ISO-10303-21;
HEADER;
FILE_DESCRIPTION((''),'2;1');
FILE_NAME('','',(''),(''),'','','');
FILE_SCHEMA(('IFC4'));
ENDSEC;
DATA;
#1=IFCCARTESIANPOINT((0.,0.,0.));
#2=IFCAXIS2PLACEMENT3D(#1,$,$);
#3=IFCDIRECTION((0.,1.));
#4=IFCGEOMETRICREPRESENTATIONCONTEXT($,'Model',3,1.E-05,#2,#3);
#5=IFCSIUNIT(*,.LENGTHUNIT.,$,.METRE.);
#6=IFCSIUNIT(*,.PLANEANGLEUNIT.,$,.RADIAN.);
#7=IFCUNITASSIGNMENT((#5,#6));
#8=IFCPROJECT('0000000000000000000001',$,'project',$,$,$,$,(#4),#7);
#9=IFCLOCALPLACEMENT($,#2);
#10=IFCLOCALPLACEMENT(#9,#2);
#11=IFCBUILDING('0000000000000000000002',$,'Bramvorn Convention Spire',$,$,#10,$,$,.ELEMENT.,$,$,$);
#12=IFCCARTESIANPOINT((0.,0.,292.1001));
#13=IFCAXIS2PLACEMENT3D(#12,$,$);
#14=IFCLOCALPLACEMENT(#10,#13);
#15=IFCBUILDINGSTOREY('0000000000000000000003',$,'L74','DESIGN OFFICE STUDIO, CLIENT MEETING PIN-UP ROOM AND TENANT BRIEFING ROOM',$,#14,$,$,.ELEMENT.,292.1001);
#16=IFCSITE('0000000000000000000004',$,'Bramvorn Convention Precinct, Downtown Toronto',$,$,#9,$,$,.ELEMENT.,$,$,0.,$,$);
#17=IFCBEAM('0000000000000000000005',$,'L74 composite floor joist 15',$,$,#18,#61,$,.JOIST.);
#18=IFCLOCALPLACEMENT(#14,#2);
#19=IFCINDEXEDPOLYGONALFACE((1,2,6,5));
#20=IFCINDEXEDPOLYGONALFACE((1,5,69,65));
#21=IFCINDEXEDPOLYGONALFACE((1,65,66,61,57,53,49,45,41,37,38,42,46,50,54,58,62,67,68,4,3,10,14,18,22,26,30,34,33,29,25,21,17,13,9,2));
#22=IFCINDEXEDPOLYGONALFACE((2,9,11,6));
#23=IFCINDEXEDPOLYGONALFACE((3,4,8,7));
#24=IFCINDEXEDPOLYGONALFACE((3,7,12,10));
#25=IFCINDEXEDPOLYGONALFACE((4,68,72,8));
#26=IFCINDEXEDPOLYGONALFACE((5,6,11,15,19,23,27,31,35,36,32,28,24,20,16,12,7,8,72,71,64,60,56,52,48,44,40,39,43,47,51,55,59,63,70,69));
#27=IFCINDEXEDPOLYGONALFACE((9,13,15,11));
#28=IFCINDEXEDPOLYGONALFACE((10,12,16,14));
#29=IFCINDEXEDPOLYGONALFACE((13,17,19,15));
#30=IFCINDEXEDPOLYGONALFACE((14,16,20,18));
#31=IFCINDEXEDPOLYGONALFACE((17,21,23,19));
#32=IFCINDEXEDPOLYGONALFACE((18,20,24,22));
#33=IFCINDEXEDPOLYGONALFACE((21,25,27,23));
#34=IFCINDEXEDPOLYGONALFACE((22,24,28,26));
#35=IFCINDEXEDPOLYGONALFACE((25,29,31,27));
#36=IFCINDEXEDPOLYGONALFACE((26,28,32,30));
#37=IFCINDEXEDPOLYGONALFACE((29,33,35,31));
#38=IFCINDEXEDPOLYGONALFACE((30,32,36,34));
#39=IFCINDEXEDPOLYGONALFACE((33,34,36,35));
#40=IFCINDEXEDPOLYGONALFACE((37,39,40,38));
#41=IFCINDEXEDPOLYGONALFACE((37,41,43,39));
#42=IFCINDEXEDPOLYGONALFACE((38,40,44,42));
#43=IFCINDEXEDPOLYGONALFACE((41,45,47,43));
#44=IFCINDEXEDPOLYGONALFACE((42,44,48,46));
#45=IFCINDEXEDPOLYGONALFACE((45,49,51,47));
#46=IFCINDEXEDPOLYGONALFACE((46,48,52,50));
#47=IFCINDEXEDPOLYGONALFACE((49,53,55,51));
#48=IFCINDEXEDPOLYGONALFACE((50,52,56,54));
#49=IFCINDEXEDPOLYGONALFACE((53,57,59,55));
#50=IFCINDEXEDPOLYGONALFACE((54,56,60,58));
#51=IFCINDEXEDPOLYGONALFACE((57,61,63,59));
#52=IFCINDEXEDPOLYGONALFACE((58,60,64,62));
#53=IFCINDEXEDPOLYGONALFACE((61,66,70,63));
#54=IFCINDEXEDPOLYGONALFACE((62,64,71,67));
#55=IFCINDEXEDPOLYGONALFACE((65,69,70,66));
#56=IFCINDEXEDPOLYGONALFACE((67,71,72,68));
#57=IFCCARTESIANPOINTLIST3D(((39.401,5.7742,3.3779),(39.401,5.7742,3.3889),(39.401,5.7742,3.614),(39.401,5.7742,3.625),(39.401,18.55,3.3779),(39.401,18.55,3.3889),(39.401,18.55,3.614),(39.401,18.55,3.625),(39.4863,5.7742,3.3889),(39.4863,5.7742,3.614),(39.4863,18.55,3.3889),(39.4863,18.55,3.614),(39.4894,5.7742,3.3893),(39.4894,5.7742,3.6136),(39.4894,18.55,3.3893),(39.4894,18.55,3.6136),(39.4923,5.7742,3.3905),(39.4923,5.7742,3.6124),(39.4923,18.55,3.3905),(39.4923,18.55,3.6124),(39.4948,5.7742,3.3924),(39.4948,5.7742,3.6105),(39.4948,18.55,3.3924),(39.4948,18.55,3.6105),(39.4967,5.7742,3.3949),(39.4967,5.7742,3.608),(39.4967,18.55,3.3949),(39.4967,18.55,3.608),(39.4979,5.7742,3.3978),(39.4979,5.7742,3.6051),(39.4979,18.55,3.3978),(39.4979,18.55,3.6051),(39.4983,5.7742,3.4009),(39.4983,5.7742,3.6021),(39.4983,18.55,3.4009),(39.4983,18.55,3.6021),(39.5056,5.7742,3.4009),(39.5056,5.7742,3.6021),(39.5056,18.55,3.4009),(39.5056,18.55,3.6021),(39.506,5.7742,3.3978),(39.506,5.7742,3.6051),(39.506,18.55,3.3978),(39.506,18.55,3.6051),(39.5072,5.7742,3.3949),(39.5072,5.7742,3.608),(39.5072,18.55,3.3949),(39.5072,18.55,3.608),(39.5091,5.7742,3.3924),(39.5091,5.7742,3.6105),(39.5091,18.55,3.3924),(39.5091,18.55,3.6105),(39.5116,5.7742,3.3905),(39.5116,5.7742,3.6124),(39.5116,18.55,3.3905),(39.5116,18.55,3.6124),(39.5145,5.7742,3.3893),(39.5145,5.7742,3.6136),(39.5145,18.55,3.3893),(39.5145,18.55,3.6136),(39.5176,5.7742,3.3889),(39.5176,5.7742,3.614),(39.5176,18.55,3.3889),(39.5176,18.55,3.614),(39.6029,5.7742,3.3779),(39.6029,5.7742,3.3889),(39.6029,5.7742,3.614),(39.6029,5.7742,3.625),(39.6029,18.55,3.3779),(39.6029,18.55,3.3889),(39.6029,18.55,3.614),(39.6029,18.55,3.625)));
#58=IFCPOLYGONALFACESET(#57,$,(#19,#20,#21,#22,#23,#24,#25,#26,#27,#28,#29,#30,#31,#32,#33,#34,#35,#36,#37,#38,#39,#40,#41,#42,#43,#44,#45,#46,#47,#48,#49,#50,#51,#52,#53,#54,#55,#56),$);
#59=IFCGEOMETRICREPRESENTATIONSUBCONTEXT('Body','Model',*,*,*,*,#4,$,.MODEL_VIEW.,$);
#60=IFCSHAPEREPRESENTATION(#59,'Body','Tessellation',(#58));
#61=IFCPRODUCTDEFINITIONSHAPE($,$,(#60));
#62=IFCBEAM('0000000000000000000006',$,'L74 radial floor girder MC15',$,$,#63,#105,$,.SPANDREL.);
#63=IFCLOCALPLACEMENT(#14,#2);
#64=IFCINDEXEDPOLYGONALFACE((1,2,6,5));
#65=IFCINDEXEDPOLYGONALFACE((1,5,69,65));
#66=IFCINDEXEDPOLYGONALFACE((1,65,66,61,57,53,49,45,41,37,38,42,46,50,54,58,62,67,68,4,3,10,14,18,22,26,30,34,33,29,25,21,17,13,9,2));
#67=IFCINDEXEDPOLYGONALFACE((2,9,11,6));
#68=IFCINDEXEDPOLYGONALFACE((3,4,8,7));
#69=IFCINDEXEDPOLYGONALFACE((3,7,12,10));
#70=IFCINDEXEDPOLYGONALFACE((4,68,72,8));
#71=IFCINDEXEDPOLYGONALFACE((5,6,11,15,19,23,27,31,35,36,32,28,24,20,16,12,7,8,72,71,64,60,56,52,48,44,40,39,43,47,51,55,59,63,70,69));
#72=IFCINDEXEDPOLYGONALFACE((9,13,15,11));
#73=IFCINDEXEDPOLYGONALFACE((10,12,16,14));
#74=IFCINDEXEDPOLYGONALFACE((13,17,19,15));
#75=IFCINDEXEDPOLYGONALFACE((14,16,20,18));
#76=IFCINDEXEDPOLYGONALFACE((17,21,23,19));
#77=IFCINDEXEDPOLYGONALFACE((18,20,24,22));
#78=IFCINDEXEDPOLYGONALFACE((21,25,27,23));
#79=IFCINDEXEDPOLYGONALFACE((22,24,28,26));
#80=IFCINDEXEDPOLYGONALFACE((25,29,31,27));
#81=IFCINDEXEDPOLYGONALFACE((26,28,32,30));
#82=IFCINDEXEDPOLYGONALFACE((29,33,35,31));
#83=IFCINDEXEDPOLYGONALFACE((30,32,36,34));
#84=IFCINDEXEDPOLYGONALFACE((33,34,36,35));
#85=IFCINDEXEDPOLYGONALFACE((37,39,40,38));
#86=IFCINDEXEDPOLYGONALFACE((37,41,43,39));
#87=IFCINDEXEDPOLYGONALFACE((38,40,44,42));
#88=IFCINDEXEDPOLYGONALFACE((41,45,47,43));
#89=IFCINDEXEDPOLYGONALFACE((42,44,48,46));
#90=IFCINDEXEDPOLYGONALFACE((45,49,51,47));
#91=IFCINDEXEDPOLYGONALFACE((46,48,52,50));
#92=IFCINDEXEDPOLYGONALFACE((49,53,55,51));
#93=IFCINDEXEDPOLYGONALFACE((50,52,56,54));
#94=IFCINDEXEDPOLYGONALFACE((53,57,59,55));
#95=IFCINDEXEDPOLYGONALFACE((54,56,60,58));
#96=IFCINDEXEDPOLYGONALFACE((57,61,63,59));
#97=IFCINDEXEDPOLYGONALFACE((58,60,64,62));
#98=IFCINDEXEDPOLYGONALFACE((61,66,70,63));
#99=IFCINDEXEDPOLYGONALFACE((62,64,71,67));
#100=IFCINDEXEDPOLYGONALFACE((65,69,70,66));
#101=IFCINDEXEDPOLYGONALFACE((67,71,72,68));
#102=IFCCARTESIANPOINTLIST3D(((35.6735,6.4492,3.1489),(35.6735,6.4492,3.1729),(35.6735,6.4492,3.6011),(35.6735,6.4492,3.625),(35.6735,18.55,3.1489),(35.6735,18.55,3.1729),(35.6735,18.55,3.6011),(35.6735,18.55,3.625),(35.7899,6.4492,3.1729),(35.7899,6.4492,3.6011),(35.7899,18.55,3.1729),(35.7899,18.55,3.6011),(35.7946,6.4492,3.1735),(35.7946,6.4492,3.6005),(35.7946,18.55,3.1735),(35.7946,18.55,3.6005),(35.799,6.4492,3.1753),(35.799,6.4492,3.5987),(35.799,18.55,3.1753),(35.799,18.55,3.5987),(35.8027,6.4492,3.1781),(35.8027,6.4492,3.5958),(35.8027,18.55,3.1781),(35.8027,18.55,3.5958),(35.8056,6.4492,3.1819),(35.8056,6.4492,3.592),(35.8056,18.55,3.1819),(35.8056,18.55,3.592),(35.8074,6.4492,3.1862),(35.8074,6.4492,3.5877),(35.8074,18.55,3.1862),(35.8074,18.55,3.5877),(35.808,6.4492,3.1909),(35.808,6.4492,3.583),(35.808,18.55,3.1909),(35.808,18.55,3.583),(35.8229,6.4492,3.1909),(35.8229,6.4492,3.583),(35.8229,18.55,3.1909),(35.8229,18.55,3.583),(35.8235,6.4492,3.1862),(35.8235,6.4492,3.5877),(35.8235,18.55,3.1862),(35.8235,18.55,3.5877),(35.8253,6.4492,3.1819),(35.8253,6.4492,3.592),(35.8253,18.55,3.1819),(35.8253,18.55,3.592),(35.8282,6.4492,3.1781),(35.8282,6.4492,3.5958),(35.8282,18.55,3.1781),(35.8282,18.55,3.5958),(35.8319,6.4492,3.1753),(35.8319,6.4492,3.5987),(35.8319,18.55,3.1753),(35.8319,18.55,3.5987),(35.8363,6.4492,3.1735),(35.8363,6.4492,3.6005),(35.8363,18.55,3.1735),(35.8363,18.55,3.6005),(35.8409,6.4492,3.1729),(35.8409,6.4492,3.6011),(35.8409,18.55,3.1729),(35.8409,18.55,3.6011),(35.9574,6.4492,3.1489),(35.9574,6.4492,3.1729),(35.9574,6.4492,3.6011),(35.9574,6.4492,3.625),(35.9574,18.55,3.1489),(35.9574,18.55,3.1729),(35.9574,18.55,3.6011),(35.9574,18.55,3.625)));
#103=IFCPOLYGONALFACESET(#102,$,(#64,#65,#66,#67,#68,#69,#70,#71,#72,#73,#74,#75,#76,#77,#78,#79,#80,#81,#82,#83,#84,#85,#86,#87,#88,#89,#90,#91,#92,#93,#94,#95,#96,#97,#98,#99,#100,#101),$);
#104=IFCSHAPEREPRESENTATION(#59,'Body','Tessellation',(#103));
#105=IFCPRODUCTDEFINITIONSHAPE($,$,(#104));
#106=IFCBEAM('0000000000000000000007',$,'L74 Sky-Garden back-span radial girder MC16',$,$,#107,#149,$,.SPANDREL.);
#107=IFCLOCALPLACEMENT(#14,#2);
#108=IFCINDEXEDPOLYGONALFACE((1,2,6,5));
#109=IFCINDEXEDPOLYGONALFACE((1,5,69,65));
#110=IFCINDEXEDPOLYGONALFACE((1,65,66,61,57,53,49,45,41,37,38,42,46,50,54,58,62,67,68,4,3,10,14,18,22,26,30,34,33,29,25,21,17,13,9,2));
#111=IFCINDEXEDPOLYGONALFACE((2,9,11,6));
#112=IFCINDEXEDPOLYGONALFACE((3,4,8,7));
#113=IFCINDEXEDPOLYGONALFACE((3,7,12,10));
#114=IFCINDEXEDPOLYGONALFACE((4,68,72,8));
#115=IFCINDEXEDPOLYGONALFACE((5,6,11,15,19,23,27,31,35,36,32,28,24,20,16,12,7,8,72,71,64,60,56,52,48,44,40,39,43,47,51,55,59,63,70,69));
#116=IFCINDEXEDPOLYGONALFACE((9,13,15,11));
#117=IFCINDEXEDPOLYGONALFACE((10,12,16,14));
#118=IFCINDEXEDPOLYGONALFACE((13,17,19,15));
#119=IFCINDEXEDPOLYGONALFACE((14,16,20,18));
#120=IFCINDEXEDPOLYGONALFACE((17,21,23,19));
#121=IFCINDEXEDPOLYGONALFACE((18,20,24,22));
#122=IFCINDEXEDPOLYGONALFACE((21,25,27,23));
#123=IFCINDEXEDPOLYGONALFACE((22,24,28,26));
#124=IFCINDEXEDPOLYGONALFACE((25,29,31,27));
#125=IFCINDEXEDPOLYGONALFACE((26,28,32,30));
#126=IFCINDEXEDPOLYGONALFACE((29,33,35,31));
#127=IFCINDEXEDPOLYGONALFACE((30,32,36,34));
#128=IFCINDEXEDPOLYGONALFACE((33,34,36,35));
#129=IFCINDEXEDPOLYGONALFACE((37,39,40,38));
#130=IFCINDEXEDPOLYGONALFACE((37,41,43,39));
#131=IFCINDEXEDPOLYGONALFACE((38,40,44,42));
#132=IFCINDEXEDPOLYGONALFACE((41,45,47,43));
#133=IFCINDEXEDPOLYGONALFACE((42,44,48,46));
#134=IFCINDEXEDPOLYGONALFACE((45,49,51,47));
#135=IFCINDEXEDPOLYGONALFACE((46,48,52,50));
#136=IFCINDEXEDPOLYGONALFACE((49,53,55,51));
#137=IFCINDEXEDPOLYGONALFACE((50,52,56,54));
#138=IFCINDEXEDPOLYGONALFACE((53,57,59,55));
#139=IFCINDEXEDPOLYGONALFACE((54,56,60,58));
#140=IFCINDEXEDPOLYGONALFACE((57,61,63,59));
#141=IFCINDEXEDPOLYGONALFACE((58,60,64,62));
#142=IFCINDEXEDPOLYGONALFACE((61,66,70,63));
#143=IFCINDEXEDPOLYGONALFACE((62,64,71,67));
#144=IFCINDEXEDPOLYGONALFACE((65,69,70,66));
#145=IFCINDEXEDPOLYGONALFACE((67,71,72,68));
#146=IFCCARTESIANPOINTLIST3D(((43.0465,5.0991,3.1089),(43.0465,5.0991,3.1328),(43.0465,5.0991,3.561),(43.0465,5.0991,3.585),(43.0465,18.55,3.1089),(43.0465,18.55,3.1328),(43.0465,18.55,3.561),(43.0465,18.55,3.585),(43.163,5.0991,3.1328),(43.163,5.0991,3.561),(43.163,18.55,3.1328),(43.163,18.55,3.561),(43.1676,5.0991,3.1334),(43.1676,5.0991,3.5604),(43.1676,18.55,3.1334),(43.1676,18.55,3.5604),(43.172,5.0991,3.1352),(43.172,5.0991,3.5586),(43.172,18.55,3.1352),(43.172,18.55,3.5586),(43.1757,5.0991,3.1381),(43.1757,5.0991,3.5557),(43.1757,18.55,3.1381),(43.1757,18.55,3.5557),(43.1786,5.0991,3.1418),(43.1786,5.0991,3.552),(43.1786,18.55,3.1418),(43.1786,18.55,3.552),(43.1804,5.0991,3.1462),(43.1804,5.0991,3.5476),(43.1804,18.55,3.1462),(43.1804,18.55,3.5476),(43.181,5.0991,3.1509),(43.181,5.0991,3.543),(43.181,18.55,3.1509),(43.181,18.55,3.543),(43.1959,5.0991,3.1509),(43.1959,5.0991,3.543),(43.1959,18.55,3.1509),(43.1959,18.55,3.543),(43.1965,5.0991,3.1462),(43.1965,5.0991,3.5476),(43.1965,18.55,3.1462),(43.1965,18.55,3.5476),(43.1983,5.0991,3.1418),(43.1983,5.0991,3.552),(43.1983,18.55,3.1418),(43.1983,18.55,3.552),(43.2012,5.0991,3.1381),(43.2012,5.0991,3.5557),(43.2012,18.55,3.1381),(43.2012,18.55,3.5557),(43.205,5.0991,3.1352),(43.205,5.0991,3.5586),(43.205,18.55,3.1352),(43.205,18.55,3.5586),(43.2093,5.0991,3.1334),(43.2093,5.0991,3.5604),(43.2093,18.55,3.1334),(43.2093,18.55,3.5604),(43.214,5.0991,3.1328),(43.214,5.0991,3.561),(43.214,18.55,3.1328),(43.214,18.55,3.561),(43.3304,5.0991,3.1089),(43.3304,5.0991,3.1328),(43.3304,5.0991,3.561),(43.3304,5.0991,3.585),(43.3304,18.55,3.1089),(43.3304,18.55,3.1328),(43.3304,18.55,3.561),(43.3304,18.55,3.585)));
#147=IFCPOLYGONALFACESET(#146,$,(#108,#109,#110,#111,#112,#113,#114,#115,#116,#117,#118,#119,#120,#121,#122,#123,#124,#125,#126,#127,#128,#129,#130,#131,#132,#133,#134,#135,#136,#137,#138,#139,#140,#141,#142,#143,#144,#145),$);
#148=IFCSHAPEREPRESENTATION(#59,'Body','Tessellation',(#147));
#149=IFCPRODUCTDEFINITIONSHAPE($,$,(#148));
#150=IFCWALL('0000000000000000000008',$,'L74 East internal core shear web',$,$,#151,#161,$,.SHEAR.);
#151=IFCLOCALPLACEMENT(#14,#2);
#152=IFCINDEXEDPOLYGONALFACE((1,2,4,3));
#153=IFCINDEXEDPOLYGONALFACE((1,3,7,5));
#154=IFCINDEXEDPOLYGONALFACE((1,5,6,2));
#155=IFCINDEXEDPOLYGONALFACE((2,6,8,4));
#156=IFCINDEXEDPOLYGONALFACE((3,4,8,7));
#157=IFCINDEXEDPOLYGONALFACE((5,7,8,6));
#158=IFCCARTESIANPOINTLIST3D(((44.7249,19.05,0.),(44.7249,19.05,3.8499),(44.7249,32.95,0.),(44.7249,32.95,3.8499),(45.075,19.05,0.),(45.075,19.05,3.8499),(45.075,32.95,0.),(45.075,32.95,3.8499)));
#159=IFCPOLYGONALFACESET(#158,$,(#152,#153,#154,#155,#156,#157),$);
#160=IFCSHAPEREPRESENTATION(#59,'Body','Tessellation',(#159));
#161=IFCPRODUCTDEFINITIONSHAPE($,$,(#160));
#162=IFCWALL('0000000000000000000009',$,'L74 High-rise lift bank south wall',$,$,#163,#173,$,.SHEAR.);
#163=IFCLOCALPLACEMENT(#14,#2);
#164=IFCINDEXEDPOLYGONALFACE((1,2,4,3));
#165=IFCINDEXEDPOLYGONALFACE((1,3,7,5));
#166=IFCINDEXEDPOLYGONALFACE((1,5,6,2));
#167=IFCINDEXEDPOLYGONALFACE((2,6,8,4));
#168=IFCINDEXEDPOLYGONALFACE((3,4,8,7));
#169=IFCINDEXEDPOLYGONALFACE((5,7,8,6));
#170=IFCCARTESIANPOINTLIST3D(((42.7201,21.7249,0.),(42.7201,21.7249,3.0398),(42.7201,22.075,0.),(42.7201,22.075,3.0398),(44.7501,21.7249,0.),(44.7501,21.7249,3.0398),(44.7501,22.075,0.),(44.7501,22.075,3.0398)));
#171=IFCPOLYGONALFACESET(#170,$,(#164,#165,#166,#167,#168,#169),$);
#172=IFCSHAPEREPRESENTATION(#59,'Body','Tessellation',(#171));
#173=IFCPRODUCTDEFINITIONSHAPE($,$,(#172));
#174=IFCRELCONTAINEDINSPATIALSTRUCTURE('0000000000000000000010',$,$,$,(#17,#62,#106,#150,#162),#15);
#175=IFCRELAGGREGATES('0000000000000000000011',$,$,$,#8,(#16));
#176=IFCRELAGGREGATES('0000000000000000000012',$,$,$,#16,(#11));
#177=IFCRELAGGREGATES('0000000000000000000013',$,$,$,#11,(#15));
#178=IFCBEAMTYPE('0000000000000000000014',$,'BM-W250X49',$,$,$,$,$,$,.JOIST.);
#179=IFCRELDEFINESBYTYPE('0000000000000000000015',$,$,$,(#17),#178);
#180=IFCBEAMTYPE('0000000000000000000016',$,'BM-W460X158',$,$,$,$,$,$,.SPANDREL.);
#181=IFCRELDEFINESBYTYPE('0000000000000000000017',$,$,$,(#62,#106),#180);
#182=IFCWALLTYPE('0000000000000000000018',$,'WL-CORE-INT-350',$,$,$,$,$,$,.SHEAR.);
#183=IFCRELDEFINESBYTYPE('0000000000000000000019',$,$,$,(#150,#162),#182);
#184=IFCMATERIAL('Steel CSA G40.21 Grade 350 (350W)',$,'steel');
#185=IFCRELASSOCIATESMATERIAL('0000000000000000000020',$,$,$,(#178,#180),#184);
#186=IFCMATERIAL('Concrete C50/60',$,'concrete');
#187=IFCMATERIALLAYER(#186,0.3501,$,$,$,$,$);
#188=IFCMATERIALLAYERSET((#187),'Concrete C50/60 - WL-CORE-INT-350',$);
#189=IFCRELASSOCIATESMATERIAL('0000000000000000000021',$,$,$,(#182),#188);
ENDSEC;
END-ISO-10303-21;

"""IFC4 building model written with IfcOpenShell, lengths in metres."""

from ifc_helpers import new_model, si_unit, direction, frame, frame_2d, origin, origin_2d, place, context, subcontext, project, spatial, rectangle, i_section, extrude, material, layer, layer_set, material_profile, profile_set, type_object, element, save


model = new_model("IFC4")

# Units and contexts
model_context = context("Model", 3, precision=1e-05, world=origin(), true_north=direction((0.0, 1.0)))
body_context = subcontext(model_context, "Body", "Model", "MODEL_VIEW")
ifc_project = project(units=[si_unit("LENGTHUNIT", "METRE"), si_unit("PLANEANGLEUNIT", "RADIAN")], contexts=[model_context])

# Site, building, storey
site_placement = place(None, origin())
site = spatial("IfcSite", under=ifc_project, at=site_placement, Name="Bramvorn Convention Precinct, Downtown Toronto", CompositionType="ELEMENT", RefElevation=0.0)
building_placement = place(site_placement, origin())
building = spatial("IfcBuilding", under=site, at=building_placement, Name="Bramvorn Convention Spire", CompositionType="ELEMENT")
storey_placement = place(building_placement, frame((0.0, 0.0, 292.1001)))
storey = spatial("IfcBuildingStorey", under=building, at=storey_placement, Name="L74", Description="DESIGN OFFICE STUDIO, CLIENT MEETING PIN-UP ROOM AND TENANT BRIEFING ROOM", CompositionType="ELEMENT", Elevation=292.1001)

# Beams
ifc_material_1 = material(Name="Steel CSA G40.21 Grade 350 (350W)", Category="steel")
ifc_material_profile_1 = material_profile(ifc_material_1, i_section(OverallWidth=0.2019, OverallDepth=0.2471, WebThickness=0.0073, FlangeThickness=0.011, FilletRadius=0.012, at=origin_2d()))
ifc_profile_set_1 = profile_set([ifc_material_profile_1], Name="Steel CSA G40.21 Grade 350 (350W) - W250X49")
beam_type_1 = type_object("IfcBeamType", Name="BM-W250X49", PredefinedType="JOIST", material=ifc_profile_set_1)
beam_1_placement = place(storey_placement, frame((39.502, 18.55, 3.5015), z_axis=(0.0, -1.0, 0.0), x_axis=(1.0, 0.0, 0.0)))
element("IfcBeam", 1, at=beam_1_placement, inside=storey, type_object=beam_type_1, Name="L74 composite floor joist 15", PredefinedType="JOIST", context=body_context, shape_type="SweptSolid", body=[
    extrude(i_section(OverallWidth=0.2019, OverallDepth=0.2471, WebThickness=0.0073, FlangeThickness=0.011, FilletRadius=0.012, at=origin_2d()), origin(), (0.0, 0.0, 1.0), 12.7759),
])
ifc_material_profile_2 = material_profile(ifc_material_1, i_section(OverallWidth=0.2839, OverallDepth=0.4761, WebThickness=0.0149, FlangeThickness=0.0239, FilletRadius=0.0181, at=origin_2d()))
ifc_profile_set_2 = profile_set([ifc_material_profile_2], Name="Steel CSA G40.21 Grade 350 (350W) - W460X158")
beam_type_2 = type_object("IfcBeamType", Name="BM-W460X158", PredefinedType="SPANDREL", material=ifc_profile_set_2)
beam_2_placement = place(storey_placement, frame((35.8154, 18.55, 3.387), z_axis=(0.0, -1.0, 0.0), x_axis=(1.0, 0.0, 0.0)))
element("IfcBeam", 2, at=beam_2_placement, inside=storey, type_object=beam_type_2, Name="L74 radial floor girder MC15", PredefinedType="SPANDREL", context=body_context, shape_type="SweptSolid", body=[
    extrude(i_section(OverallWidth=0.2839, OverallDepth=0.4761, WebThickness=0.0149, FlangeThickness=0.0239, FilletRadius=0.0181, at=origin_2d()), origin(), (0.0, 0.0, 1.0), 12.1008),
])
beam_3_placement = place(storey_placement, frame((43.1885, 18.55, 3.3469), z_axis=(0.0, -1.0, 0.0), x_axis=(1.0, 0.0, 0.0)))
element("IfcBeam", 3, at=beam_3_placement, inside=storey, type_object=beam_type_2, Name="L74 Sky-Garden back-span radial girder MC16", PredefinedType="SPANDREL", context=body_context, shape_type="SweptSolid", body=[
    extrude(i_section(OverallWidth=0.2839, OverallDepth=0.4761, WebThickness=0.0149, FlangeThickness=0.0239, FilletRadius=0.0181, at=origin_2d()), origin(), (0.0, 0.0, 1.0), 13.4509),
])

# Wall
ifc_material_2 = material(Name="Concrete C50/60", Category="concrete")
ifc_layer_1 = layer(ifc_material_2, 0.3501)
ifc_layer_set_1 = layer_set([ifc_layer_1], Name="Concrete C50/60 - WL-CORE-INT-350")
wall_type_1 = type_object("IfcWallType", Name="WL-CORE-INT-350", PredefinedType="SHEAR", material=ifc_layer_set_1)
wall_1_placement = place(storey_placement, frame((44.8999, 19.05, 0.0), z_axis=(0.0, 0.0, 1.0), x_axis=(0.0, 1.0, 0.0)))
element("IfcWall", 4, at=wall_1_placement, inside=storey, type_object=wall_type_1, Name="L74 East internal core shear web", PredefinedType="SHEAR", context=body_context, shape_type="SweptSolid", body=[
    extrude(rectangle(XDim=13.8999, YDim=0.3501, at=frame_2d((6.95, 0.0))), origin(), (0.0, 0.0, 1.0), 3.8499),
])

# Wall
wall_2_placement = place(storey_placement, frame((42.72, 21.8999, 0.0), z_axis=(0.0, 0.0, 1.0), x_axis=(1.0, 0.0, 0.0)))
element("IfcWall", 5, at=wall_2_placement, inside=storey, type_object=wall_type_1, Name="L74 High-rise lift bank south wall", PredefinedType="SHEAR", context=body_context, shape_type="SweptSolid", body=[
    extrude(rectangle(XDim=2.03, YDim=0.3501, at=frame_2d((1.0151, 0.0))), origin(), (0.0, 0.0, 1.0), 3.0398),
])

save(model, "model.ifc")
